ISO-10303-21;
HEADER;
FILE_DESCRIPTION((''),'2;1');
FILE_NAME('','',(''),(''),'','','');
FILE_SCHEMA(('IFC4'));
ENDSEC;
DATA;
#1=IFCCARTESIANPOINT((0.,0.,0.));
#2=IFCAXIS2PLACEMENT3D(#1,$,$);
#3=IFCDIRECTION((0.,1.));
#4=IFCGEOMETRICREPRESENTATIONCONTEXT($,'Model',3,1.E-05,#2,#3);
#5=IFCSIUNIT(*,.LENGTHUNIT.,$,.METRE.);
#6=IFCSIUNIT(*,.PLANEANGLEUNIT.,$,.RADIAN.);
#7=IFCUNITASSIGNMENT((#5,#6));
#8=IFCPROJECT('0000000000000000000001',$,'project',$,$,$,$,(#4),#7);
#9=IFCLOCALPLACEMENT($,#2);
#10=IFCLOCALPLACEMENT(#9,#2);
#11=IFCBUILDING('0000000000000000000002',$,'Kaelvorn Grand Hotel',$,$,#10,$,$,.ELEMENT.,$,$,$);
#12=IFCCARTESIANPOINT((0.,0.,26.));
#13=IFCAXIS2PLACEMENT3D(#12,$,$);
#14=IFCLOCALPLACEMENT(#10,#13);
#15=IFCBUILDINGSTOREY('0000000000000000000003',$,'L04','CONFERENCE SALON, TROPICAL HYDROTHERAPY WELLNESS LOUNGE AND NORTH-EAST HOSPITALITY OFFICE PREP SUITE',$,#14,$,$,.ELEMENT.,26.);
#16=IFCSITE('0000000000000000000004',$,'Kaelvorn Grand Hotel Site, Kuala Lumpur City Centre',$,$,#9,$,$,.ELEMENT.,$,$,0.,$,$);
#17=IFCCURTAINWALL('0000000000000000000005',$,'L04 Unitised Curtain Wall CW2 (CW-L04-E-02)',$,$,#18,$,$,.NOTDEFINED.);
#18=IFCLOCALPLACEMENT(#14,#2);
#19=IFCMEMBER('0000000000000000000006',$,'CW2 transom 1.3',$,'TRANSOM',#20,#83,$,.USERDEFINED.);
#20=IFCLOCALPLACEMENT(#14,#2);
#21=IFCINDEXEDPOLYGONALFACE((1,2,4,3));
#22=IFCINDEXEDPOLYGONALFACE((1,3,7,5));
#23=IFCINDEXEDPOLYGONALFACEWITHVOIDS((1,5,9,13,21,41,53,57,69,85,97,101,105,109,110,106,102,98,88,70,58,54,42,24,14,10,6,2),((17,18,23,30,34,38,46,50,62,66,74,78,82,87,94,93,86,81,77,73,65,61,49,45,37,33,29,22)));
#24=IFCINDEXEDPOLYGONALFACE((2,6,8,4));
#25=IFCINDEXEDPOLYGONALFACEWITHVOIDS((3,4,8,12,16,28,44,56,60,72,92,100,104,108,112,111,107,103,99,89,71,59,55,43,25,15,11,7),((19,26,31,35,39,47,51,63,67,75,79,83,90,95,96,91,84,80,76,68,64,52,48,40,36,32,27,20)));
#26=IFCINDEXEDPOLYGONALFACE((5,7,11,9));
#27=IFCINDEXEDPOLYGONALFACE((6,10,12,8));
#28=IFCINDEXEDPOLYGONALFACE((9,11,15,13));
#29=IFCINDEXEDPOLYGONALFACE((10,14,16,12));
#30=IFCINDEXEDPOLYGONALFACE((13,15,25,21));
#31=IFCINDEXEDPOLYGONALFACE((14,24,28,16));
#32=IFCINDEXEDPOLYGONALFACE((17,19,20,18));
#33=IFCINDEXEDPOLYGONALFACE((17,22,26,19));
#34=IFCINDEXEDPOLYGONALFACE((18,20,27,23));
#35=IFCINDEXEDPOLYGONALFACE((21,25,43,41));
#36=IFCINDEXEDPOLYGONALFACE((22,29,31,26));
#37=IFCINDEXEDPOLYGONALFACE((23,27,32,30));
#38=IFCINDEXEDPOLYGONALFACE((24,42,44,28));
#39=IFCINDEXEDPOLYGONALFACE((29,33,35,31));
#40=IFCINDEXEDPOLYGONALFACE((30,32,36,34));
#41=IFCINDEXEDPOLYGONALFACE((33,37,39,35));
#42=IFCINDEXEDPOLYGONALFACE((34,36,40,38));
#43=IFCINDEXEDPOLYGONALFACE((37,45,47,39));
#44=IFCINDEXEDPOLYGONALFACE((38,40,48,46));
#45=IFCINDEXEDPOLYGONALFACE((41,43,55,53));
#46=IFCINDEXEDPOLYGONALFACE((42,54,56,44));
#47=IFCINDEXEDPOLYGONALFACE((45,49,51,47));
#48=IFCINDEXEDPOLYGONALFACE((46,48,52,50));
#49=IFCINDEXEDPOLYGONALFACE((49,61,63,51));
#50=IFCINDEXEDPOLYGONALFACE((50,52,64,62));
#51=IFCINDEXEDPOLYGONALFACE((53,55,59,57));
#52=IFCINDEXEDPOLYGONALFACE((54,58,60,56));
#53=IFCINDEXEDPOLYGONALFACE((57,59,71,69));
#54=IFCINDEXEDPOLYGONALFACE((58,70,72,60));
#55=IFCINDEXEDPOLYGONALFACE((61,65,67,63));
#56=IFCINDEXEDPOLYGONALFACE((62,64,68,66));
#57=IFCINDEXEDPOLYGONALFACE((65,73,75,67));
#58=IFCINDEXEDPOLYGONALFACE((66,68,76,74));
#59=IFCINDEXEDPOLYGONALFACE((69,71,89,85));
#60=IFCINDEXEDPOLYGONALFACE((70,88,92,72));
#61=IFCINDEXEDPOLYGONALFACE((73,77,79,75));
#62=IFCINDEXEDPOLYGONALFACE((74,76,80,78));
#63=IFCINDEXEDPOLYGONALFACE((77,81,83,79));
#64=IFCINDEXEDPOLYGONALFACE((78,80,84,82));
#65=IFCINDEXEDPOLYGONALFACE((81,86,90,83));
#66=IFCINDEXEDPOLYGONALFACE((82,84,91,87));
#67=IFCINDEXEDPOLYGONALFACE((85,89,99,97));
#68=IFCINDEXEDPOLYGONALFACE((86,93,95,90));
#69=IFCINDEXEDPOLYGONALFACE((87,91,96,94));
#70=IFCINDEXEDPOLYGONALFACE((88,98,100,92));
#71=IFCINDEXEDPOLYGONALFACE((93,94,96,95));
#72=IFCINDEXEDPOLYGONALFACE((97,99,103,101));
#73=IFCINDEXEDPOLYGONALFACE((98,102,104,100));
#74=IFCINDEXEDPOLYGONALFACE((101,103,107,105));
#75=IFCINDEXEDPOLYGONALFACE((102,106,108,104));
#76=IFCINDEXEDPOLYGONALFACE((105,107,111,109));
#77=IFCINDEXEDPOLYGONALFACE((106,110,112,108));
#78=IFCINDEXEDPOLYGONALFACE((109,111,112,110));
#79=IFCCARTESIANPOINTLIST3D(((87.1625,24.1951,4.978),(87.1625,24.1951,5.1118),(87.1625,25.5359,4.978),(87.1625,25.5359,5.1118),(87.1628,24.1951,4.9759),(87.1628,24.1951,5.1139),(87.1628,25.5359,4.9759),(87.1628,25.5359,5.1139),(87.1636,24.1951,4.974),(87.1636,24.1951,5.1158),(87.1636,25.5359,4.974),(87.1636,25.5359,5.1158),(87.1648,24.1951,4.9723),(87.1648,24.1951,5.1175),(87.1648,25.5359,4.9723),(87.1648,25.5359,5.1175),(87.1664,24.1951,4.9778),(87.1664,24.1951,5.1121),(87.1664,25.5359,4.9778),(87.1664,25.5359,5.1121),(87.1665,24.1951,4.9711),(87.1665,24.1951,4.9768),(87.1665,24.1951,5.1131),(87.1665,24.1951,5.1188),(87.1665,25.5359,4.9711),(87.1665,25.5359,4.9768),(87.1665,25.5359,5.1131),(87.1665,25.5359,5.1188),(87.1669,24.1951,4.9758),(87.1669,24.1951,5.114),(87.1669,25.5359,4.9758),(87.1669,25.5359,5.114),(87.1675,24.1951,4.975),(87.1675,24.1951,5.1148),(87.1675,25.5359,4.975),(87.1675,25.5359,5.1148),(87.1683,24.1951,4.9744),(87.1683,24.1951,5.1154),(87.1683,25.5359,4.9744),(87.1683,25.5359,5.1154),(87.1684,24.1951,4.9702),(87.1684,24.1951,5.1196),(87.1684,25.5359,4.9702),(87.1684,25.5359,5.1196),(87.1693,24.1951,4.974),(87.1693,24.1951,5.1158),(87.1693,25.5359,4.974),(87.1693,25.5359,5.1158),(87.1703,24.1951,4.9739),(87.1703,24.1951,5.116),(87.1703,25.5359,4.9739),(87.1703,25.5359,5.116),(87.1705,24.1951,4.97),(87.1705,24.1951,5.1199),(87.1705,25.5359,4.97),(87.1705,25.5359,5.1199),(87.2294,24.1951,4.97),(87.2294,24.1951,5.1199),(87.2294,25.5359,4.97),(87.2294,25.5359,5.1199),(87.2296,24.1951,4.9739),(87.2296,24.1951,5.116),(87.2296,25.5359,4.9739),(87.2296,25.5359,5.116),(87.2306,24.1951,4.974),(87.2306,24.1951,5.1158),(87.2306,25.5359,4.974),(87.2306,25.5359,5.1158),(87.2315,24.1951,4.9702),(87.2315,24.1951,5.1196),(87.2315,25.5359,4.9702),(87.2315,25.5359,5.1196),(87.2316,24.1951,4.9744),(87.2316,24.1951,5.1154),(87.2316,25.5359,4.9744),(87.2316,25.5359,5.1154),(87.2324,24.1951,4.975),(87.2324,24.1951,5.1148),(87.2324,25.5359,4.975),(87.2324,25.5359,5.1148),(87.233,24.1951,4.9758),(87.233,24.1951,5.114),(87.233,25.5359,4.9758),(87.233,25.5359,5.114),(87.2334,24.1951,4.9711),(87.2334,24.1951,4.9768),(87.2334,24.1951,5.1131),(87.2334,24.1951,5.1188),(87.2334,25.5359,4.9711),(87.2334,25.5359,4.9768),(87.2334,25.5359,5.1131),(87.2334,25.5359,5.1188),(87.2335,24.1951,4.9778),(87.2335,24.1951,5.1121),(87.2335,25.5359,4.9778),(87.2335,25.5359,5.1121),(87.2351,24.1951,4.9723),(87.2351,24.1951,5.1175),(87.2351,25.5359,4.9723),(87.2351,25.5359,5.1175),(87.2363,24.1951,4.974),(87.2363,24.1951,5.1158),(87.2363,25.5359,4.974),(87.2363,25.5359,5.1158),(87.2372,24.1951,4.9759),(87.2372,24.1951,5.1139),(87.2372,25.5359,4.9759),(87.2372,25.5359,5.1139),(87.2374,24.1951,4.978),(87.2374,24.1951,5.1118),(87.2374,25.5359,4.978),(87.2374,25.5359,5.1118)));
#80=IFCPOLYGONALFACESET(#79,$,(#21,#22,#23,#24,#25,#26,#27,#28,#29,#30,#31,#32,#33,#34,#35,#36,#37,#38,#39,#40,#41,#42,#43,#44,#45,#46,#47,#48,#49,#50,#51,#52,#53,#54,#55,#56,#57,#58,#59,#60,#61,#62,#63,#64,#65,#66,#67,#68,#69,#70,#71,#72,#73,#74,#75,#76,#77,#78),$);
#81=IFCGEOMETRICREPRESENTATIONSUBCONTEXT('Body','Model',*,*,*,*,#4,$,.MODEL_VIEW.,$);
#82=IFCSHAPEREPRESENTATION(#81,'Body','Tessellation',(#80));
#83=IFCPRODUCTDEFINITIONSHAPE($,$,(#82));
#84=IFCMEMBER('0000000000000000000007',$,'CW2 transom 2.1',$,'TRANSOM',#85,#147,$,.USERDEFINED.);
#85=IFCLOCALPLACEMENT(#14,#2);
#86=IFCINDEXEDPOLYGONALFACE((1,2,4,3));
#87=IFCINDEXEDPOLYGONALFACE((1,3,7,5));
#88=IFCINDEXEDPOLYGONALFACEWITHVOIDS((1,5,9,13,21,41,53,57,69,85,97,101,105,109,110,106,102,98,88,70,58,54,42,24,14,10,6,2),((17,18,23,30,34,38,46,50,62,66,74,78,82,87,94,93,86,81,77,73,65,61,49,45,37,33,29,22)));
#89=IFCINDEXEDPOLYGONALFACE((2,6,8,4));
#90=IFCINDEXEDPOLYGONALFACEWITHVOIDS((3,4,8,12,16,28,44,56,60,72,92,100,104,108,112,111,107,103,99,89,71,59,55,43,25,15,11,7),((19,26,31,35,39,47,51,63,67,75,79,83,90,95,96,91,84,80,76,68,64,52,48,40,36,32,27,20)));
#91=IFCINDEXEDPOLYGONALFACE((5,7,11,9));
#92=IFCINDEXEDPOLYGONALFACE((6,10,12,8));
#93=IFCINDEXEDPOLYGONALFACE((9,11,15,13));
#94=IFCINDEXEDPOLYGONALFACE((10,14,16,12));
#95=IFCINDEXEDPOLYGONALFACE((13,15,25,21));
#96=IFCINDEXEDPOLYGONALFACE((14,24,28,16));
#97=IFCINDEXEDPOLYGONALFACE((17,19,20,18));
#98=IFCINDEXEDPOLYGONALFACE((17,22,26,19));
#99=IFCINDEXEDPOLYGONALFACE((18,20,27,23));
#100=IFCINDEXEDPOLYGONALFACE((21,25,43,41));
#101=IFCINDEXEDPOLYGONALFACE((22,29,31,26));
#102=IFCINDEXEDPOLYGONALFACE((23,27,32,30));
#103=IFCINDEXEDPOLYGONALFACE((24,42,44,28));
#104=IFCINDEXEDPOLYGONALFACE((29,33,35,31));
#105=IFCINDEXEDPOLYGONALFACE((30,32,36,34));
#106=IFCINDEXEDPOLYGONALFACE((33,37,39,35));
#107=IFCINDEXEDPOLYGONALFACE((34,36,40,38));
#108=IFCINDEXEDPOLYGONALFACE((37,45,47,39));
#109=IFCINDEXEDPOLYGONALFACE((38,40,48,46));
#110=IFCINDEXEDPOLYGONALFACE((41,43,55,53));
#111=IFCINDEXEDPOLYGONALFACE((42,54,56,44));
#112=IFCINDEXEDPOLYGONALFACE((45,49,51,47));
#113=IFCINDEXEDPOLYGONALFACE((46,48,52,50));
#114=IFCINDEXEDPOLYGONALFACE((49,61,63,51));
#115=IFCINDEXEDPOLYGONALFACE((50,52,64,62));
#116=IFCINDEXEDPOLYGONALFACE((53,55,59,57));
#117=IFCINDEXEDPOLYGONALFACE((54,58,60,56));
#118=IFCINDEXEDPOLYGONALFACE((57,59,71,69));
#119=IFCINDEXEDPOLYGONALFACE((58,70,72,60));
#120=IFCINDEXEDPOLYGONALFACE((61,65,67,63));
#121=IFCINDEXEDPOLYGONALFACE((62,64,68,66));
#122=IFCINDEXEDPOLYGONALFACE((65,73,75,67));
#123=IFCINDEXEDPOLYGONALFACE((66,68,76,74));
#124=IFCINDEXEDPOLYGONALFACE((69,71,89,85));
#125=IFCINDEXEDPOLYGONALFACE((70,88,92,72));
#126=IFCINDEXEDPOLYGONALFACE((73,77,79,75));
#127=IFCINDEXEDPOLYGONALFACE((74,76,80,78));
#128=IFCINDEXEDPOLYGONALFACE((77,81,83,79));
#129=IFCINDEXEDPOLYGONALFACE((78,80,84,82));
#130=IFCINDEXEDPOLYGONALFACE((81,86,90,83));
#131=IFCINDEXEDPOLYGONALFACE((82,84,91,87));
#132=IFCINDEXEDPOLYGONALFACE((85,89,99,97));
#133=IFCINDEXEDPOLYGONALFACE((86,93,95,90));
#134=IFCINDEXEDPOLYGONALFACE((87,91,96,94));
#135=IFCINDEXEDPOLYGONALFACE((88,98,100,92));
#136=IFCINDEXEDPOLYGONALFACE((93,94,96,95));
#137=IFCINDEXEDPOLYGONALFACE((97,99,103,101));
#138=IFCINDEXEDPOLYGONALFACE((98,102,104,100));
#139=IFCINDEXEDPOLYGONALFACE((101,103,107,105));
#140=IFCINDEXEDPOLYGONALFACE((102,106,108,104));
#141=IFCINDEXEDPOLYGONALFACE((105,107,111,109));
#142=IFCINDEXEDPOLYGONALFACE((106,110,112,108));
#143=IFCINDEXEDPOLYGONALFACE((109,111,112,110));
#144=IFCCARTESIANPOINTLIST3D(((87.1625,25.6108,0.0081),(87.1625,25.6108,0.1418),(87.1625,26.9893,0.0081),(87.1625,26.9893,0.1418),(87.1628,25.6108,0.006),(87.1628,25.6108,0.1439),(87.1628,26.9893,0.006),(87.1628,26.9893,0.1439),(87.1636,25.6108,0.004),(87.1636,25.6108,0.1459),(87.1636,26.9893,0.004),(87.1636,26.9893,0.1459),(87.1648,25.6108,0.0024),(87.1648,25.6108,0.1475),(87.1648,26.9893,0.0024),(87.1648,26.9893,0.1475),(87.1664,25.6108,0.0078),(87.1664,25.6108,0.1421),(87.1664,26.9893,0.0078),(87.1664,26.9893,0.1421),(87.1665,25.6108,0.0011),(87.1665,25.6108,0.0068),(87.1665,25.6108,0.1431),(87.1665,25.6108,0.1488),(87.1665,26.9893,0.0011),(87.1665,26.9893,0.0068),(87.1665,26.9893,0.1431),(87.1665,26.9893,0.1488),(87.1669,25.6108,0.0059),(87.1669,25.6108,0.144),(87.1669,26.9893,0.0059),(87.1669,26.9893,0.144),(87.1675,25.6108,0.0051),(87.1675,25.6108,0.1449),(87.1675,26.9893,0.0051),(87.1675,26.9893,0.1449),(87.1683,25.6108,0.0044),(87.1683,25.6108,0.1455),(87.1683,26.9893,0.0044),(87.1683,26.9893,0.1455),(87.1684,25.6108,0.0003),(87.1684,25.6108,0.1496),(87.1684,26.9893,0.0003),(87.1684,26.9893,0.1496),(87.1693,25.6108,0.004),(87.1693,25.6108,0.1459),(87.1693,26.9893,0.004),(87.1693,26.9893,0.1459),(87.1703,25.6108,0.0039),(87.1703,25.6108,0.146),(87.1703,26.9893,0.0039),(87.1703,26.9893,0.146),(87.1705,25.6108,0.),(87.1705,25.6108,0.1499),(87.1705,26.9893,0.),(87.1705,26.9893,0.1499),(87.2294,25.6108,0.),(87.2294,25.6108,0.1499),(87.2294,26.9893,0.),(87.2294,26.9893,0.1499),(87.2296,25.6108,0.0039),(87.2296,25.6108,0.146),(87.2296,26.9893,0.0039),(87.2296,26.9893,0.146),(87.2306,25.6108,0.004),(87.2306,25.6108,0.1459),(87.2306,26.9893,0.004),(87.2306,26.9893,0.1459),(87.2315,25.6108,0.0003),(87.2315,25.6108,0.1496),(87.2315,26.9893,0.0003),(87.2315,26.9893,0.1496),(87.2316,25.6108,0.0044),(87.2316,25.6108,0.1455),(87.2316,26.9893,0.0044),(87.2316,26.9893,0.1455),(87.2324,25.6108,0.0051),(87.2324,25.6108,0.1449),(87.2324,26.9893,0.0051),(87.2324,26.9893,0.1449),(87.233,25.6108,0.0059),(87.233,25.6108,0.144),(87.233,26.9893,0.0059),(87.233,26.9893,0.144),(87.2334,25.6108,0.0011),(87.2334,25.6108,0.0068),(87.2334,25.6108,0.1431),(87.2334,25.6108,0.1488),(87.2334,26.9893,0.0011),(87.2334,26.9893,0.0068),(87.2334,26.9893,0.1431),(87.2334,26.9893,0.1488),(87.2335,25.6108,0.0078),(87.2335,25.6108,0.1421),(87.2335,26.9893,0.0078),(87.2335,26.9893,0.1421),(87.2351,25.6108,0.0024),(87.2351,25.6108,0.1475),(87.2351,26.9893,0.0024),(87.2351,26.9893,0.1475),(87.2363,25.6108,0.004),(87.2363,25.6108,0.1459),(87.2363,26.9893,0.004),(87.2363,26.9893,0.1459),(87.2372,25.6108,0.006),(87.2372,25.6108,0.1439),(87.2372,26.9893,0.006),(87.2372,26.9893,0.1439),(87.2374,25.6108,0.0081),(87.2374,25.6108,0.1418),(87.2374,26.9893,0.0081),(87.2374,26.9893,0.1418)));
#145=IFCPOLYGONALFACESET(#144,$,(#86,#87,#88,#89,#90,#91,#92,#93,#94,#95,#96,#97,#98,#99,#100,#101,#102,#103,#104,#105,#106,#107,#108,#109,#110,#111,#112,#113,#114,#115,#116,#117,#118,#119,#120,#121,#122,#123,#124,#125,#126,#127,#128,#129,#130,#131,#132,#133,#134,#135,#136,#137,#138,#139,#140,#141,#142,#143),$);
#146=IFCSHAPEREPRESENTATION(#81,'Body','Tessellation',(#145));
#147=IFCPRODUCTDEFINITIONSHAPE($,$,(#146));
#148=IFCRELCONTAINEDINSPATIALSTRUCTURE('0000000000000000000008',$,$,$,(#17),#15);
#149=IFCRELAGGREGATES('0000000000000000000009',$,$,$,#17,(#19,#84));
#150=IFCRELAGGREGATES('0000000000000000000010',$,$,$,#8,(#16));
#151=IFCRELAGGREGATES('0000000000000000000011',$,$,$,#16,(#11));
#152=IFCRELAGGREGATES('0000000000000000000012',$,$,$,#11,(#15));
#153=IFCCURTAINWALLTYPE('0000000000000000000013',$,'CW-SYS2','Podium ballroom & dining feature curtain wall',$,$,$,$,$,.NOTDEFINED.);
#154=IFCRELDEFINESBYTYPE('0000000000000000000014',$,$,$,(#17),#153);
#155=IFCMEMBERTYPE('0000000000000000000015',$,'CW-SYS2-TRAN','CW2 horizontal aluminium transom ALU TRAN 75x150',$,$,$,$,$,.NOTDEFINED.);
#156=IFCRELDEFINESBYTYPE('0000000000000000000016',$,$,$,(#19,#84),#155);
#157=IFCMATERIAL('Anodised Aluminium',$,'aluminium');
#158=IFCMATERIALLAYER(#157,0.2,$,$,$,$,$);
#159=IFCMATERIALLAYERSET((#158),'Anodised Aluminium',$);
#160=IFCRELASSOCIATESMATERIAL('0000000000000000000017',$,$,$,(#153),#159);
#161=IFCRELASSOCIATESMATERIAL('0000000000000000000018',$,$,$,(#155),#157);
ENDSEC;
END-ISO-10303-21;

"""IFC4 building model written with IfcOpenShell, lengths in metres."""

from ifc_helpers import new_model, si_unit, direction, frame, origin, origin_2d, place, context, subcontext, project, spatial, hollow_rectangle, extrude, material, layer, layer_set, material_profile, profile_set, type_object, element, aggregate, save


model = new_model("IFC4")

# Units and contexts
model_context = context("Model", 3, precision=1e-05, world=origin(), true_north=direction((0.0, 1.0)))
body_context = subcontext(model_context, "Body", "Model", "MODEL_VIEW")
ifc_project = project(units=[si_unit("LENGTHUNIT", "METRE"), si_unit("PLANEANGLEUNIT", "RADIAN")], contexts=[model_context])

# Site, building, storey
site_placement = place(None, origin())
site = spatial("IfcSite", under=ifc_project, at=site_placement, Name="Kaelvorn Grand Hotel Site, Kuala Lumpur City Centre", CompositionType="ELEMENT", RefElevation=0.0)
building_placement = place(site_placement, origin())
building = spatial("IfcBuilding", under=site, at=building_placement, Name="Kaelvorn Grand Hotel", CompositionType="ELEMENT")
storey_placement = place(building_placement, frame((0.0, 0.0, 26.0)))
storey = spatial("IfcBuildingStorey", under=building, at=storey_placement, Name="L04", Description="CONFERENCE SALON, TROPICAL HYDROTHERAPY WELLNESS LOUNGE AND NORTH-EAST HOSPITALITY OFFICE PREP SUITE", CompositionType="ELEMENT", Elevation=26.0)

# Shared definitions
ifc_material_1 = material(Name="Anodised Aluminium", Category="aluminium")
ifc_layer_1 = layer(ifc_material_1, 0.2)
ifc_layer_set_1 = layer_set([ifc_layer_1], Name="Anodised Aluminium")
curtain_wall_type = type_object("IfcCurtainWallType", Name="CW-SYS2", Description="Podium ballroom & dining feature curtain wall", PredefinedType="NOTDEFINED", material=ifc_layer_set_1)

# Curtain wall, members
curtain_wall_1_placement = place(storey_placement, origin())
curtain_wall_1 = element("IfcCurtainWall", 1, at=curtain_wall_1_placement, inside=storey, type_object=curtain_wall_type, Name="L04 Unitised Curtain Wall CW2 (CW-L04-E-02)", PredefinedType="NOTDEFINED")
ifc_material_profile_1 = material_profile(ifc_material_1, hollow_rectangle(XDim=0.075, YDim=0.1499, WallThickness=0.0039, InnerFilletRadius=0.0039, OuterFilletRadius=0.0081, at=origin_2d()), Name="ALU TRAN 75x150")
ifc_profile_set_1 = profile_set([ifc_material_profile_1], Name="Anodised Aluminium")
member_type_1 = type_object("IfcMemberType", Name="CW-SYS2-TRAN", Description="CW2 horizontal aluminium transom ALU TRAN 75x150", PredefinedType="NOTDEFINED", material=ifc_profile_set_1)
member_1_placement = place(storey_placement, frame((87.2, 24.1951, 5.0449), z_axis=(0.0, 1.0, 0.0), x_axis=(-1.0, 0.0, 0.0)))
member_1 = element("IfcMember", 2, at=member_1_placement, type_object=member_type_1, Name="CW2 transom 1.3", ObjectType="TRANSOM", PredefinedType="USERDEFINED", context=body_context, shape_type="SweptSolid", body=[
    extrude(hollow_rectangle(XDim=0.075, YDim=0.1499, WallThickness=0.0039, InnerFilletRadius=0.0039, OuterFilletRadius=0.0081, at=origin_2d()), origin(), (0.0, 0.0, 1.0), 1.3408),
])
member_2_placement = place(storey_placement, frame((87.2, 25.6108, 0.075), z_axis=(0.0, 1.0, 0.0), x_axis=(-1.0, 0.0, 0.0)))
member_2 = element("IfcMember", 3, at=member_2_placement, type_object=member_type_1, Name="CW2 transom 2.1", ObjectType="TRANSOM", PredefinedType="USERDEFINED", context=body_context, shape_type="SweptSolid", body=[
    extrude(hollow_rectangle(XDim=0.075, YDim=0.1499, WallThickness=0.0039, InnerFilletRadius=0.0039, OuterFilletRadius=0.0081, at=origin_2d()), origin(), (0.0, 0.0, 1.0), 1.3784),
])

aggregate(curtain_wall_1, [member_1, member_2])

save(model, "model.ifc")
